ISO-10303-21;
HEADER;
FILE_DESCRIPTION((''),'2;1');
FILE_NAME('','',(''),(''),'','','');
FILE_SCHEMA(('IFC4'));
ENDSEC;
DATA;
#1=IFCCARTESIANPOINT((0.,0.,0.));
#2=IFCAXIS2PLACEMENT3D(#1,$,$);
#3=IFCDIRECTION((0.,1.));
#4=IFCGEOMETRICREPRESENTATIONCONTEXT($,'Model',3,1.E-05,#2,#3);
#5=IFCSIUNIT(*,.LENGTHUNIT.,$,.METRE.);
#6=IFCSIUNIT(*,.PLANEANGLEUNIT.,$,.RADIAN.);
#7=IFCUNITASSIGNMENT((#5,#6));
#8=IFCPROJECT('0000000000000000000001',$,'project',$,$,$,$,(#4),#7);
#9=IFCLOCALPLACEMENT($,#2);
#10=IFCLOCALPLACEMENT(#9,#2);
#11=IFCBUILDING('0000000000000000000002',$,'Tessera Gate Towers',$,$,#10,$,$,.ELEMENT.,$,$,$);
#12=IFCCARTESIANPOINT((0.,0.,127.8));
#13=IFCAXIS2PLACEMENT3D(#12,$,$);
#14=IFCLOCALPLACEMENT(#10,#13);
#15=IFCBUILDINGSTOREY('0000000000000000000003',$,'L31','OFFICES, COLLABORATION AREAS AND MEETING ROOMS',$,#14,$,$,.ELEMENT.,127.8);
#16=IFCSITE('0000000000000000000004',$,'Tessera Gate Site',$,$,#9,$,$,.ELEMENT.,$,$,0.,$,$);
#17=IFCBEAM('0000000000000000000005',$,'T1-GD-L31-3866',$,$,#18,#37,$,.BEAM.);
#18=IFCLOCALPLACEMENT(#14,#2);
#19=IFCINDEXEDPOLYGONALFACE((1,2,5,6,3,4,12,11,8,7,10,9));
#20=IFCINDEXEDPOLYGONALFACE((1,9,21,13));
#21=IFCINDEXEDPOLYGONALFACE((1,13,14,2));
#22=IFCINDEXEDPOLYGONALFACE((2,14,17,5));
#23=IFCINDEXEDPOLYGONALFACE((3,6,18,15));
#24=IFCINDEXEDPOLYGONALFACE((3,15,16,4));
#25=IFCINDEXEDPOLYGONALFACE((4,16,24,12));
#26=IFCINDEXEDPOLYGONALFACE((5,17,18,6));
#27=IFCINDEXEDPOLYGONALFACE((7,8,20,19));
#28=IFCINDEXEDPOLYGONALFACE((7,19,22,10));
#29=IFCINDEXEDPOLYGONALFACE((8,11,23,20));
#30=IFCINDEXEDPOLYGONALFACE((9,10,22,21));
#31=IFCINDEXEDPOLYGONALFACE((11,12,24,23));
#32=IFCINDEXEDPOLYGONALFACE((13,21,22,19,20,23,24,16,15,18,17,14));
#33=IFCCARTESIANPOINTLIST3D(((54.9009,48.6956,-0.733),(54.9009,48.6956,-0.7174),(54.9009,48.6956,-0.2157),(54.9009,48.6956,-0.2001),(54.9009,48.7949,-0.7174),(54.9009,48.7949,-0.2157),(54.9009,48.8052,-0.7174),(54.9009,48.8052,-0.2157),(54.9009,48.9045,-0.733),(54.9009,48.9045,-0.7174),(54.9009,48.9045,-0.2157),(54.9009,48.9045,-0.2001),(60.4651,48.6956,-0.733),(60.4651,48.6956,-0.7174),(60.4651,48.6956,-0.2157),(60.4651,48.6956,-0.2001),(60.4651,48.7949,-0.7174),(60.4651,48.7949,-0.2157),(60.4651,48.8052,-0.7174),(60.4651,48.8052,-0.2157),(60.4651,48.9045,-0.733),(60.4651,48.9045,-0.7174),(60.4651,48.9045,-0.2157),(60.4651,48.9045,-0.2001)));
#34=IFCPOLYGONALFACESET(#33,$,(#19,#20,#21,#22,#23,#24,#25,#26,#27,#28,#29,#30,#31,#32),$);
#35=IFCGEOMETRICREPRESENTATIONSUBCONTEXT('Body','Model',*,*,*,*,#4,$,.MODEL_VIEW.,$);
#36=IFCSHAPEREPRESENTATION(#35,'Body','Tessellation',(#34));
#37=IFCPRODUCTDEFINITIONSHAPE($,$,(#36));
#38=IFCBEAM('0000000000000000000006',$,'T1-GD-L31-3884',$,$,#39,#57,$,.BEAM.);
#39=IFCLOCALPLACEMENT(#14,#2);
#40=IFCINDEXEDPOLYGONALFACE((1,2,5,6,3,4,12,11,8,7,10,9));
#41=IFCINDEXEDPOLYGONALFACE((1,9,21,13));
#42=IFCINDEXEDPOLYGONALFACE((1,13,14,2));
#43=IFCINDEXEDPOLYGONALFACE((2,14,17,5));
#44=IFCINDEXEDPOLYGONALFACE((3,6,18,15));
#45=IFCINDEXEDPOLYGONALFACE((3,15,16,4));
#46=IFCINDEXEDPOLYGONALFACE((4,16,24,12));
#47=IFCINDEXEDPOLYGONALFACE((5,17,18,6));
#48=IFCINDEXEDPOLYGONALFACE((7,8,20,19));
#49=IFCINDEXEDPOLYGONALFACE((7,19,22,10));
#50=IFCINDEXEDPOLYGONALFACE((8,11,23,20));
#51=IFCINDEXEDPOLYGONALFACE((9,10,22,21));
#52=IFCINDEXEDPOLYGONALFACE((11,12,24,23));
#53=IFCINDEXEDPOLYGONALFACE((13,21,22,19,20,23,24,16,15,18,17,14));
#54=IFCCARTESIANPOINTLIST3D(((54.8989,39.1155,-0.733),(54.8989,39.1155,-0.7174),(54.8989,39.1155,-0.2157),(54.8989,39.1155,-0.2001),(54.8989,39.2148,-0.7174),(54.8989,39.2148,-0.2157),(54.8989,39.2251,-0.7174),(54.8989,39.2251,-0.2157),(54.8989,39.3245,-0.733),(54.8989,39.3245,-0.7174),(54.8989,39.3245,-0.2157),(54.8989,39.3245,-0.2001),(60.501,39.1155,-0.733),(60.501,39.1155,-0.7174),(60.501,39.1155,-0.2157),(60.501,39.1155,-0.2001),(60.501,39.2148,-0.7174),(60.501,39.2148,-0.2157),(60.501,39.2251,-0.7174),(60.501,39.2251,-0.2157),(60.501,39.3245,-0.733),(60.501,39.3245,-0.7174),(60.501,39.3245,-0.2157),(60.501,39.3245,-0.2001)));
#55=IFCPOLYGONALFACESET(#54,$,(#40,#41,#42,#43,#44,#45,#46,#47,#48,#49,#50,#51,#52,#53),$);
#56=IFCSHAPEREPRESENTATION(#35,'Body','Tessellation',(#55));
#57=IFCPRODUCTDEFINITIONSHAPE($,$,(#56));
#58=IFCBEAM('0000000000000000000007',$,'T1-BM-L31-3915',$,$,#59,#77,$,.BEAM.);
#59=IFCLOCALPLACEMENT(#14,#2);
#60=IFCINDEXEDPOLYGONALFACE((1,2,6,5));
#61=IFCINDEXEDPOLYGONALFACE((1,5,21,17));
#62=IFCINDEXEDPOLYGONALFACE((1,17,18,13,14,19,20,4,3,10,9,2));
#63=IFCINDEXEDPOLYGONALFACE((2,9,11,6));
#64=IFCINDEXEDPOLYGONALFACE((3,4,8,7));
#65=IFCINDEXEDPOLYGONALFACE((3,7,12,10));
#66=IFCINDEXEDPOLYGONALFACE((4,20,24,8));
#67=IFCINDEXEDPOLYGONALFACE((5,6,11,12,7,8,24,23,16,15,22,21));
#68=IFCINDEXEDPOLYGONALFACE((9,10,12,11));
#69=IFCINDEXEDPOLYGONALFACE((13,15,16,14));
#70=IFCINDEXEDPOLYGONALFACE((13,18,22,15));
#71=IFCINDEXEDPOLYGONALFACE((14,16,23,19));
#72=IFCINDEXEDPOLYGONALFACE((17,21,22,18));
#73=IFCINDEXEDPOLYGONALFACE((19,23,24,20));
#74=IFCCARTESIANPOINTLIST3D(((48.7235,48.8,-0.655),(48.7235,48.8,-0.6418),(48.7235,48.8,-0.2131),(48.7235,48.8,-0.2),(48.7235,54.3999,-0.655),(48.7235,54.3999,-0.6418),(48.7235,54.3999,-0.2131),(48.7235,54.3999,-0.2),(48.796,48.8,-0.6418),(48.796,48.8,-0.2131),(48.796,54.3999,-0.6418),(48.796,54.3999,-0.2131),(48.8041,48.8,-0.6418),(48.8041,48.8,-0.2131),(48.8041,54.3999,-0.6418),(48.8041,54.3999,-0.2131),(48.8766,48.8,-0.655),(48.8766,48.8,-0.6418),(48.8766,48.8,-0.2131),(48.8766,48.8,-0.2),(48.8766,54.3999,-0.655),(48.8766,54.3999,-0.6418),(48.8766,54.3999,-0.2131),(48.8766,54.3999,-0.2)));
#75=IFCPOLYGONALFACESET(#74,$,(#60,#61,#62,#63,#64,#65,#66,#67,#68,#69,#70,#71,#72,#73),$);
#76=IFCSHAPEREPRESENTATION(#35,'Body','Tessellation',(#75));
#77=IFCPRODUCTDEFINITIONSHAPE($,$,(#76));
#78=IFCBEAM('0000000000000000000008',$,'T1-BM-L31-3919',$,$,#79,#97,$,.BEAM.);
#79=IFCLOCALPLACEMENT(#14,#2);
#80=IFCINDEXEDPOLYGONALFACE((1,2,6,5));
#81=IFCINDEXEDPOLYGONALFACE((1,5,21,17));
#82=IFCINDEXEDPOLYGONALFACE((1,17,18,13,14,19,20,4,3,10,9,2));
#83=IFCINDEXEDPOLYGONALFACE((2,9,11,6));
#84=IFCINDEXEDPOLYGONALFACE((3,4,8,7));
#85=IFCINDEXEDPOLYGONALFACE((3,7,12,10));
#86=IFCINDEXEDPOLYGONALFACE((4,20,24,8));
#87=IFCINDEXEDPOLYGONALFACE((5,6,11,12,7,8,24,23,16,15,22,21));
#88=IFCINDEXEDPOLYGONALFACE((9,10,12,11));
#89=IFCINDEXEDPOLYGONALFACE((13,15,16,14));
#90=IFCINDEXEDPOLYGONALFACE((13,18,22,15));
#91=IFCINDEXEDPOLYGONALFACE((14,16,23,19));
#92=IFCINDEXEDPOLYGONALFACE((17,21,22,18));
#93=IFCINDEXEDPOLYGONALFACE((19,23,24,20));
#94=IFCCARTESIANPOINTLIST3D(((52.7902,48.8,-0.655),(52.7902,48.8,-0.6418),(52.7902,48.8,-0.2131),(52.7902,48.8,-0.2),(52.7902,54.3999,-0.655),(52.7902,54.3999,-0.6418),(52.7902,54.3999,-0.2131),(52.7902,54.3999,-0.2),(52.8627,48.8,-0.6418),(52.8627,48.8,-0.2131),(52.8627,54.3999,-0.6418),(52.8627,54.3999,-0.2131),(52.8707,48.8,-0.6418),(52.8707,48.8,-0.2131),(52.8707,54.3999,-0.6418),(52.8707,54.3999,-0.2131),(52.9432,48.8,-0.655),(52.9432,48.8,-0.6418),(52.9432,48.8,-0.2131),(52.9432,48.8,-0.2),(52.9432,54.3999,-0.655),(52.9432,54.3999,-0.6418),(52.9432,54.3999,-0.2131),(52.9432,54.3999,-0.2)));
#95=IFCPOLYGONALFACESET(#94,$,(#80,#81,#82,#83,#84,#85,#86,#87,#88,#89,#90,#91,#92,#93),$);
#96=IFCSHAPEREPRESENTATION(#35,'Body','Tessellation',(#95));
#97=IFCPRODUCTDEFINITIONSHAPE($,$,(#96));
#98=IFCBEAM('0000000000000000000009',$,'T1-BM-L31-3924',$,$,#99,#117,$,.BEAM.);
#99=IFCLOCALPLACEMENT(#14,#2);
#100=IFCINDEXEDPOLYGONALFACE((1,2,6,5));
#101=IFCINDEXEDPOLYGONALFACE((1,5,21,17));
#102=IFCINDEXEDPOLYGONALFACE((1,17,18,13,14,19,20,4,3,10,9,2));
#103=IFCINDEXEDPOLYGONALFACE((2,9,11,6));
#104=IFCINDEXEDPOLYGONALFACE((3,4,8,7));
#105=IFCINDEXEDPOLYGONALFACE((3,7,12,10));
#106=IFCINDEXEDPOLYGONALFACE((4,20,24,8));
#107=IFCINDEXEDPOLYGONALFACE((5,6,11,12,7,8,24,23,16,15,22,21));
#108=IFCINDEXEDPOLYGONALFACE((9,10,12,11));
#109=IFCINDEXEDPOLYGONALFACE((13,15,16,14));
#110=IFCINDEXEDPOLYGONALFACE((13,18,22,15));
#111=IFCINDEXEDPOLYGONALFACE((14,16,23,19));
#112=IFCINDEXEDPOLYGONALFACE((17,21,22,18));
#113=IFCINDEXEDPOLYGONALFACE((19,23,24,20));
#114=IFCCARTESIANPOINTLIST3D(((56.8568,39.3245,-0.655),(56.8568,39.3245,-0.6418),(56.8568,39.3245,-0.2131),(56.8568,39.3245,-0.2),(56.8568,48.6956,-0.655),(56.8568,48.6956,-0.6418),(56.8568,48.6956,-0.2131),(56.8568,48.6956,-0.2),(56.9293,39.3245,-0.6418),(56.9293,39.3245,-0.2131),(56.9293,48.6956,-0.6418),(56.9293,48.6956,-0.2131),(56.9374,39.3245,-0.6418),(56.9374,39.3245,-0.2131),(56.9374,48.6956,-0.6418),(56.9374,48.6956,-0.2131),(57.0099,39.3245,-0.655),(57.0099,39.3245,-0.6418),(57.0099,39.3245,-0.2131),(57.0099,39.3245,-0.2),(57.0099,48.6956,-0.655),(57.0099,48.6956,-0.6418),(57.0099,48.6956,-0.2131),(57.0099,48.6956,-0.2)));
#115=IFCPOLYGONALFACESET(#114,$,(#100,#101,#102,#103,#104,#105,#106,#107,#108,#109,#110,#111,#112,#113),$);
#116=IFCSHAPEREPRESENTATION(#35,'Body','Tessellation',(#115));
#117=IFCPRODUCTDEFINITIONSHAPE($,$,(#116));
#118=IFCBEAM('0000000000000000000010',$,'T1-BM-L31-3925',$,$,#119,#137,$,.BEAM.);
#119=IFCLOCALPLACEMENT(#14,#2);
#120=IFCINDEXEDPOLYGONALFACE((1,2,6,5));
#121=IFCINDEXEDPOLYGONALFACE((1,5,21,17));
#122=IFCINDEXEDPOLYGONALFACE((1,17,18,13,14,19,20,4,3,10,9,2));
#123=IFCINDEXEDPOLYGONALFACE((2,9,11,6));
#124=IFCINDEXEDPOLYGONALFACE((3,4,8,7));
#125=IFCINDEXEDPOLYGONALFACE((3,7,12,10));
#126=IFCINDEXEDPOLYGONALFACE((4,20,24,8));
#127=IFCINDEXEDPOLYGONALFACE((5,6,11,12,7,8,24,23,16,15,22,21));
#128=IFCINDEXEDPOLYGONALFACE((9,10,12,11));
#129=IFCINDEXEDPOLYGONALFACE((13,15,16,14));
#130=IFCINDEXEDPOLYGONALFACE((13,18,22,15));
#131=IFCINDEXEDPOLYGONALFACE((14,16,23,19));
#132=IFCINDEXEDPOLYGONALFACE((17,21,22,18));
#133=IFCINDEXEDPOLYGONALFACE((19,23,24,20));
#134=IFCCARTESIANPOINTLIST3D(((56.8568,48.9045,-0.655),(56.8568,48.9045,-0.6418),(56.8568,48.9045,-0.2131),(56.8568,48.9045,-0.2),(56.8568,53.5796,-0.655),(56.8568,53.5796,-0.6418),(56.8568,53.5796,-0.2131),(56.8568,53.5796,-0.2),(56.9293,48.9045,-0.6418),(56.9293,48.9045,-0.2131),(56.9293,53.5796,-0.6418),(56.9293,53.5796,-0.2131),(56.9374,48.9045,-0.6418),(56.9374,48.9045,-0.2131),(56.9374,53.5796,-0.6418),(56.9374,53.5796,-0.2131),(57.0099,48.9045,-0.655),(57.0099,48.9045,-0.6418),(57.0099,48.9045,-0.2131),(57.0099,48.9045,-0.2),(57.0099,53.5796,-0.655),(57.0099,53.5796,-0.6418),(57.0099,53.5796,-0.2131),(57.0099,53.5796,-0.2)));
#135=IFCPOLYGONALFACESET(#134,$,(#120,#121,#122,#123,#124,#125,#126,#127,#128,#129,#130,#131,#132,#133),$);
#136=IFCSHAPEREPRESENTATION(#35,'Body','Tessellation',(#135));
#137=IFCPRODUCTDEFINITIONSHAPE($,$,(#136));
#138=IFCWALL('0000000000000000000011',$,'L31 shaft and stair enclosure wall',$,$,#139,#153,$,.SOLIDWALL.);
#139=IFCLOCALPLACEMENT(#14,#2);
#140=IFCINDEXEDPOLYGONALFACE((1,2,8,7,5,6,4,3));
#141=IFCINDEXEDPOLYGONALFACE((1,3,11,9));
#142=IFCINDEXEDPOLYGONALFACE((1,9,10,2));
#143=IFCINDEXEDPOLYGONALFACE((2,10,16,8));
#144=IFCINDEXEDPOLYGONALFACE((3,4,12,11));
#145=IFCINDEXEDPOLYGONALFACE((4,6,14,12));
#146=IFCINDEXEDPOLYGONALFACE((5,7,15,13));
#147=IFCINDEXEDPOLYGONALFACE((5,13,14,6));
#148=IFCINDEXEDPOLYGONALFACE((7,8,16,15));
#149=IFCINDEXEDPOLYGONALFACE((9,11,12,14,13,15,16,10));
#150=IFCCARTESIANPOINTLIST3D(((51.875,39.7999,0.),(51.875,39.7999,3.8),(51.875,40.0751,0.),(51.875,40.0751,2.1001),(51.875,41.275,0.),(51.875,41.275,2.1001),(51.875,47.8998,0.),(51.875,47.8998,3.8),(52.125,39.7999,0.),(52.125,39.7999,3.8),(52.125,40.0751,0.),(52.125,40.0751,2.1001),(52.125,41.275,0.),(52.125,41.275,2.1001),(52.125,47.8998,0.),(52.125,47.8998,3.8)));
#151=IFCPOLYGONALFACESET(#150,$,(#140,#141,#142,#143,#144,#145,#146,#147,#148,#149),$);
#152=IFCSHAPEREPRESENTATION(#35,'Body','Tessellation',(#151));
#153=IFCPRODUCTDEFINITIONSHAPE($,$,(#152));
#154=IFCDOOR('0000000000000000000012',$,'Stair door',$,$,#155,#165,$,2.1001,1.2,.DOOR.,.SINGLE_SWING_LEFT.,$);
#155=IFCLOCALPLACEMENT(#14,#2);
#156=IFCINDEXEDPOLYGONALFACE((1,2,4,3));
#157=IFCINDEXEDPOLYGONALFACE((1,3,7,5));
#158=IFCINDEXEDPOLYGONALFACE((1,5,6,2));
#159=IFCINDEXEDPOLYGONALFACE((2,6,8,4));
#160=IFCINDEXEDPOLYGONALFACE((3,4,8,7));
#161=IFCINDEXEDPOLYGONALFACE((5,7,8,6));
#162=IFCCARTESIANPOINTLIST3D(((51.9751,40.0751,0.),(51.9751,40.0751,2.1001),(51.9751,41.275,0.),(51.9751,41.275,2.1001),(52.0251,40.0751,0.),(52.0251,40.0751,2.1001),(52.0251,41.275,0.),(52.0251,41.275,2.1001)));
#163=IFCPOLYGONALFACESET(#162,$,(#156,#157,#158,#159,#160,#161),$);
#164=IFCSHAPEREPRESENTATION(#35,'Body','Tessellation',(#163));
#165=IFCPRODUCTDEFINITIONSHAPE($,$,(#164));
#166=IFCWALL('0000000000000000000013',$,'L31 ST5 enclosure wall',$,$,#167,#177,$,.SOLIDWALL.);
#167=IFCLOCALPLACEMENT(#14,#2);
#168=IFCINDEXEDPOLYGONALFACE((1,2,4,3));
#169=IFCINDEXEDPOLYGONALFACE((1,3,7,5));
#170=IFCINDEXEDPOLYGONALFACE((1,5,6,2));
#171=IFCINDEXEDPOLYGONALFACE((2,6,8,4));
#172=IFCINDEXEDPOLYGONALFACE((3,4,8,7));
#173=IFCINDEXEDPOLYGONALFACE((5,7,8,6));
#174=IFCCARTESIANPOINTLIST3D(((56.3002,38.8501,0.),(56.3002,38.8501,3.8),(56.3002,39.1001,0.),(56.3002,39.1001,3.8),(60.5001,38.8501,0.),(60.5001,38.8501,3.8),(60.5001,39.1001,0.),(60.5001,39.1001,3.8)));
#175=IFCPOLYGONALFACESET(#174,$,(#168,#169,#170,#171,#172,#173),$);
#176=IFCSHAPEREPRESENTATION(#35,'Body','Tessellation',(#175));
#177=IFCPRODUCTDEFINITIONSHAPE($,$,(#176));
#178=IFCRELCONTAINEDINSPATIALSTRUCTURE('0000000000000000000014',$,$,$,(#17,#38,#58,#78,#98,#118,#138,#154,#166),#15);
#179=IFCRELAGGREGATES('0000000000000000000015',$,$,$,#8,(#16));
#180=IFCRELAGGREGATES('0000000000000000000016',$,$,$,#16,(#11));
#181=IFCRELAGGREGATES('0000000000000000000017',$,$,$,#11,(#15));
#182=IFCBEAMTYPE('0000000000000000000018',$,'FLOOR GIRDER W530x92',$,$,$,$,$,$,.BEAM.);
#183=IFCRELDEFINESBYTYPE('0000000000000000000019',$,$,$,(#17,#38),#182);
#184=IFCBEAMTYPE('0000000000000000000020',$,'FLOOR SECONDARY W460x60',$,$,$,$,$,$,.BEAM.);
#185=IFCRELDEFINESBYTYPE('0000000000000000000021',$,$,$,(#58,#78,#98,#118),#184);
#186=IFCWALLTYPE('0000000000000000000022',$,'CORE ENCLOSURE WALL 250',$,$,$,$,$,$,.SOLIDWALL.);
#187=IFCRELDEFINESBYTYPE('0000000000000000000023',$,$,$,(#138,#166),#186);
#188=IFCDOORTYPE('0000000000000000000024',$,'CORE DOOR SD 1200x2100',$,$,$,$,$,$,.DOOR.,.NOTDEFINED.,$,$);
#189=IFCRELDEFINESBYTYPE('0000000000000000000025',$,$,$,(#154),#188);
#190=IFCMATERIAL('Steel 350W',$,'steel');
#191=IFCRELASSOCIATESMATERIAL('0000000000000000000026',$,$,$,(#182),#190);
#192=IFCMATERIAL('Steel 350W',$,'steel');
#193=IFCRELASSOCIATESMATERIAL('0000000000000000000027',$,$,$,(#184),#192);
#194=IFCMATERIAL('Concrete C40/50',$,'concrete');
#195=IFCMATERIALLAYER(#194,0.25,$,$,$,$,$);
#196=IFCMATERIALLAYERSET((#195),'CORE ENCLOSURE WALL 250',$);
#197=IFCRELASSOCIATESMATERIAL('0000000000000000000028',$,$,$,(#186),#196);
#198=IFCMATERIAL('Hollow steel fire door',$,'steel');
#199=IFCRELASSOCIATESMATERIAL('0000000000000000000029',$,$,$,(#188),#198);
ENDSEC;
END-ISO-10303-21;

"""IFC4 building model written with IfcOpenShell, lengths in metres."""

from ifc_helpers import new_model, si_unit, direction, frame, frame_2d, origin, origin_2d, place, context, subcontext, project, spatial, rectangle, i_section, extrude, source, transform, mapped, material, layer, layer_set, material_profile, profile_set, type_object, element, fill, save


model = new_model("IFC4")

# Units and contexts
model_context = context("Model", 3, precision=1e-05, world=origin(), true_north=direction((0.0, 1.0)))
body_context = subcontext(model_context, "Body", "Model", "MODEL_VIEW")
ifc_project = project(units=[si_unit("LENGTHUNIT", "METRE"), si_unit("PLANEANGLEUNIT", "RADIAN")], contexts=[model_context])

# Site, building, storey
site_placement = place(None, origin())
site = spatial("IfcSite", under=ifc_project, at=site_placement, Name="Tessera Gate Site", CompositionType="ELEMENT", RefElevation=0.0)
building_placement = place(site_placement, origin())
building = spatial("IfcBuilding", under=site, at=building_placement, Name="Tessera Gate Towers", CompositionType="ELEMENT")
storey_placement = place(building_placement, frame((0.0, 0.0, 127.8)))
storey = spatial("IfcBuildingStorey", under=building, at=storey_placement, Name="L31", Description="OFFICES, COLLABORATION AREAS AND MEETING ROOMS", CompositionType="ELEMENT", Elevation=127.8)

# Beams
ifc_material_1 = material(Name="Steel 350W", Category="steel")
ifc_material_profile_1 = material_profile(ifc_material_1, i_section(OverallWidth=0.209, OverallDepth=0.533, WebThickness=0.0103, FlangeThickness=0.0156, at=origin_2d()), Name="W530x92")
ifc_profile_set_1 = profile_set([ifc_material_profile_1], Name="Steel 350W")
beam_type_1 = type_object("IfcBeamType", Name="FLOOR GIRDER W530x92", PredefinedType="BEAM", material=ifc_profile_set_1)
beam_1_placement = place(storey_placement, frame((54.9009, 48.8, -0.4666), z_axis=(1.0, 0.0, 0.0), x_axis=(0.0, 1.0, 0.0)))
element("IfcBeam", 1, at=beam_1_placement, inside=storey, type_object=beam_type_1, Name="T1-GD-L31-3866", PredefinedType="BEAM", context=body_context, shape_type="SweptSolid", body=[
    extrude(i_section(OverallWidth=0.209, OverallDepth=0.533, WebThickness=0.0103, FlangeThickness=0.0156, at=origin_2d()), origin(), (0.0, 0.0, 1.0), 5.5642),
])
beam_2_placement = place(storey_placement, frame((54.8989, 39.22, -0.4666), z_axis=(1.0, 0.0, 0.0), x_axis=(0.0, 1.0, 0.0)))
element("IfcBeam", 2, at=beam_2_placement, inside=storey, type_object=beam_type_1, Name="T1-GD-L31-3884", PredefinedType="BEAM", context=body_context, shape_type="SweptSolid", body=[
    extrude(i_section(OverallWidth=0.209, OverallDepth=0.533, WebThickness=0.0103, FlangeThickness=0.0156, at=origin_2d()), origin(), (0.0, 0.0, 1.0), 5.6021),
])
ifc_material_2 = material(Name="Steel 350W", Category="steel")
ifc_material_profile_2 = material_profile(ifc_material_2, i_section(OverallWidth=0.1531, OverallDepth=0.4551, WebThickness=0.0081, FlangeThickness=0.0132, at=origin_2d()), Name="W460x60")
ifc_profile_set_2 = profile_set([ifc_material_profile_2], Name="Steel 350W")
beam_type_2 = type_object("IfcBeamType", Name="FLOOR SECONDARY W460x60", PredefinedType="BEAM", material=ifc_profile_set_2)
for number, where, z_axis, x_axis, name in (
    (3, (48.8, 48.8, -0.4275), (0.0, 1.0, 0.0), (-1.0, 0.0, 0.0), "T1-BM-L31-3915"),
    (4, (52.8667, 48.8, -0.4275), (0.0, 1.0, 0.0), (-1.0, 0.0, 0.0), "T1-BM-L31-3919"),
):
    element("IfcBeam", number, at=place(storey_placement, frame(where, z_axis=z_axis, x_axis=x_axis)), inside=storey, type_object=beam_type_2, Name=name, PredefinedType="BEAM", context=body_context, shape_type="SweptSolid", body=[
        extrude(i_section(OverallWidth=0.1531, OverallDepth=0.4551, WebThickness=0.0081, FlangeThickness=0.0132, at=origin_2d()), origin(), (0.0, 0.0, 1.0), 5.5999),
    ])
beam_3_placement = place(storey_placement, frame((56.9333, 39.3245, -0.4275), z_axis=(0.0, 1.0, 0.0), x_axis=(-1.0, 0.0, 0.0)))
element("IfcBeam", 5, at=beam_3_placement, inside=storey, type_object=beam_type_2, Name="T1-BM-L31-3924", PredefinedType="BEAM", context=body_context, shape_type="SweptSolid", body=[
    extrude(i_section(OverallWidth=0.1531, OverallDepth=0.4551, WebThickness=0.0081, FlangeThickness=0.0132, at=origin_2d()), origin(), (0.0, 0.0, 1.0), 9.3711),
])
beam_4_placement = place(storey_placement, frame((56.9333, 48.9045, -0.4275), z_axis=(0.0, 1.0, 0.0), x_axis=(-1.0, 0.0, 0.0)))
element("IfcBeam", 6, at=beam_4_placement, inside=storey, type_object=beam_type_2, Name="T1-BM-L31-3925", PredefinedType="BEAM", context=body_context, shape_type="SweptSolid", body=[
    extrude(i_section(OverallWidth=0.1531, OverallDepth=0.4551, WebThickness=0.0081, FlangeThickness=0.0132, at=origin_2d()), origin(), (0.0, 0.0, 1.0), 4.675),
])

# Wall, opening, door
ifc_material_3 = material(Name="Concrete C40/50", Category="concrete")
ifc_layer_1 = layer(ifc_material_3, 0.25)
ifc_layer_set_1 = layer_set([ifc_layer_1], Name="CORE ENCLOSURE WALL 250")
wall_type_1 = type_object("IfcWallType", Name="CORE ENCLOSURE WALL 250", PredefinedType="SOLIDWALL", material=ifc_layer_set_1)
wall_1_placement = place(storey_placement, frame((52.0, 39.8, 0.0), z_axis=(0.0, 0.0, 1.0), x_axis=(0.0, 1.0, 0.0)))
wall_1 = element("IfcWall", 7, at=wall_1_placement, inside=storey, type_object=wall_type_1, Name="L31 shaft and stair enclosure wall", PredefinedType="SOLIDWALL", context=body_context, shape_type="SweptSolid", body=[
    extrude(rectangle(XDim=8.0999, YDim=0.25, at=frame_2d((4.0498, 0.0))), origin(), (0.0, 0.0, 1.0), 3.8),
])
shared_shape_1 = source(origin(), body_context, "Body", "SweptSolid", [
    extrude(rectangle(XDim=1.2, YDim=2.1001, at=frame_2d((0.6001, 1.05))), frame((0.0, 0.135, 0.0), z_axis=(0.0, -1.0, 0.0), x_axis=(1.0, 0.0, 0.0)), (0.0, 0.0, 1.0), 0.27),
])
opening_1_placement = place(wall_1_placement, frame((0.2749, 0.0, 0.0)))
opening_1 = element("IfcOpeningElement", 8, at=opening_1_placement, cuts=wall_1, PredefinedType="OPENING", context=body_context, shape_type="MappedRepresentation", body=[
    mapped(shared_shape_1, transform((0.0, 0.0, 0.0), scale=1.0)),
])
ifc_material_4 = material(Name="Hollow steel fire door", Category="steel")
door_type_1 = type_object("IfcDoorType", Name="CORE DOOR SD 1200x2100", OperationType="NOTDEFINED", PredefinedType="DOOR", material=ifc_material_4)
shared_shape_2 = source(origin(), body_context, "Body", "SweptSolid", [
    extrude(rectangle(XDim=1.2, YDim=2.1001, at=frame_2d((0.6001, 1.05))), frame((0.0, 0.0249, 0.0), z_axis=(0.0, -1.0, 0.0), x_axis=(1.0, 0.0, 0.0)), (0.0, 0.0, 1.0), 0.05),
])
door_1_placement = place(opening_1_placement, origin())
door_1 = element("IfcDoor", 9, at=door_1_placement, inside=storey, type_object=door_type_1, Name="Stair door", OperationType="SINGLE_SWING_LEFT", OverallHeight=2.1001, OverallWidth=1.2, PredefinedType="DOOR", context=body_context, shape_type="MappedRepresentation", body=[
    mapped(shared_shape_2, transform((0.0, 0.0, 0.0), scale=1.0)),
])
fill(opening_1, door_1)

# Wall
wall_2_placement = place(storey_placement, frame((56.3, 38.9751, 0.0), z_axis=(0.0, 0.0, 1.0), x_axis=(1.0, 0.0, 0.0)))
element("IfcWall", 10, at=wall_2_placement, inside=storey, type_object=wall_type_1, Name="L31 ST5 enclosure wall", PredefinedType="SOLIDWALL", context=body_context, shape_type="SweptSolid", body=[
    extrude(rectangle(XDim=4.2, YDim=0.25, at=frame_2d((2.1001, 0.0))), origin(), (0.0, 0.0, 1.0), 3.8),
])

save(model, "model.ifc")
